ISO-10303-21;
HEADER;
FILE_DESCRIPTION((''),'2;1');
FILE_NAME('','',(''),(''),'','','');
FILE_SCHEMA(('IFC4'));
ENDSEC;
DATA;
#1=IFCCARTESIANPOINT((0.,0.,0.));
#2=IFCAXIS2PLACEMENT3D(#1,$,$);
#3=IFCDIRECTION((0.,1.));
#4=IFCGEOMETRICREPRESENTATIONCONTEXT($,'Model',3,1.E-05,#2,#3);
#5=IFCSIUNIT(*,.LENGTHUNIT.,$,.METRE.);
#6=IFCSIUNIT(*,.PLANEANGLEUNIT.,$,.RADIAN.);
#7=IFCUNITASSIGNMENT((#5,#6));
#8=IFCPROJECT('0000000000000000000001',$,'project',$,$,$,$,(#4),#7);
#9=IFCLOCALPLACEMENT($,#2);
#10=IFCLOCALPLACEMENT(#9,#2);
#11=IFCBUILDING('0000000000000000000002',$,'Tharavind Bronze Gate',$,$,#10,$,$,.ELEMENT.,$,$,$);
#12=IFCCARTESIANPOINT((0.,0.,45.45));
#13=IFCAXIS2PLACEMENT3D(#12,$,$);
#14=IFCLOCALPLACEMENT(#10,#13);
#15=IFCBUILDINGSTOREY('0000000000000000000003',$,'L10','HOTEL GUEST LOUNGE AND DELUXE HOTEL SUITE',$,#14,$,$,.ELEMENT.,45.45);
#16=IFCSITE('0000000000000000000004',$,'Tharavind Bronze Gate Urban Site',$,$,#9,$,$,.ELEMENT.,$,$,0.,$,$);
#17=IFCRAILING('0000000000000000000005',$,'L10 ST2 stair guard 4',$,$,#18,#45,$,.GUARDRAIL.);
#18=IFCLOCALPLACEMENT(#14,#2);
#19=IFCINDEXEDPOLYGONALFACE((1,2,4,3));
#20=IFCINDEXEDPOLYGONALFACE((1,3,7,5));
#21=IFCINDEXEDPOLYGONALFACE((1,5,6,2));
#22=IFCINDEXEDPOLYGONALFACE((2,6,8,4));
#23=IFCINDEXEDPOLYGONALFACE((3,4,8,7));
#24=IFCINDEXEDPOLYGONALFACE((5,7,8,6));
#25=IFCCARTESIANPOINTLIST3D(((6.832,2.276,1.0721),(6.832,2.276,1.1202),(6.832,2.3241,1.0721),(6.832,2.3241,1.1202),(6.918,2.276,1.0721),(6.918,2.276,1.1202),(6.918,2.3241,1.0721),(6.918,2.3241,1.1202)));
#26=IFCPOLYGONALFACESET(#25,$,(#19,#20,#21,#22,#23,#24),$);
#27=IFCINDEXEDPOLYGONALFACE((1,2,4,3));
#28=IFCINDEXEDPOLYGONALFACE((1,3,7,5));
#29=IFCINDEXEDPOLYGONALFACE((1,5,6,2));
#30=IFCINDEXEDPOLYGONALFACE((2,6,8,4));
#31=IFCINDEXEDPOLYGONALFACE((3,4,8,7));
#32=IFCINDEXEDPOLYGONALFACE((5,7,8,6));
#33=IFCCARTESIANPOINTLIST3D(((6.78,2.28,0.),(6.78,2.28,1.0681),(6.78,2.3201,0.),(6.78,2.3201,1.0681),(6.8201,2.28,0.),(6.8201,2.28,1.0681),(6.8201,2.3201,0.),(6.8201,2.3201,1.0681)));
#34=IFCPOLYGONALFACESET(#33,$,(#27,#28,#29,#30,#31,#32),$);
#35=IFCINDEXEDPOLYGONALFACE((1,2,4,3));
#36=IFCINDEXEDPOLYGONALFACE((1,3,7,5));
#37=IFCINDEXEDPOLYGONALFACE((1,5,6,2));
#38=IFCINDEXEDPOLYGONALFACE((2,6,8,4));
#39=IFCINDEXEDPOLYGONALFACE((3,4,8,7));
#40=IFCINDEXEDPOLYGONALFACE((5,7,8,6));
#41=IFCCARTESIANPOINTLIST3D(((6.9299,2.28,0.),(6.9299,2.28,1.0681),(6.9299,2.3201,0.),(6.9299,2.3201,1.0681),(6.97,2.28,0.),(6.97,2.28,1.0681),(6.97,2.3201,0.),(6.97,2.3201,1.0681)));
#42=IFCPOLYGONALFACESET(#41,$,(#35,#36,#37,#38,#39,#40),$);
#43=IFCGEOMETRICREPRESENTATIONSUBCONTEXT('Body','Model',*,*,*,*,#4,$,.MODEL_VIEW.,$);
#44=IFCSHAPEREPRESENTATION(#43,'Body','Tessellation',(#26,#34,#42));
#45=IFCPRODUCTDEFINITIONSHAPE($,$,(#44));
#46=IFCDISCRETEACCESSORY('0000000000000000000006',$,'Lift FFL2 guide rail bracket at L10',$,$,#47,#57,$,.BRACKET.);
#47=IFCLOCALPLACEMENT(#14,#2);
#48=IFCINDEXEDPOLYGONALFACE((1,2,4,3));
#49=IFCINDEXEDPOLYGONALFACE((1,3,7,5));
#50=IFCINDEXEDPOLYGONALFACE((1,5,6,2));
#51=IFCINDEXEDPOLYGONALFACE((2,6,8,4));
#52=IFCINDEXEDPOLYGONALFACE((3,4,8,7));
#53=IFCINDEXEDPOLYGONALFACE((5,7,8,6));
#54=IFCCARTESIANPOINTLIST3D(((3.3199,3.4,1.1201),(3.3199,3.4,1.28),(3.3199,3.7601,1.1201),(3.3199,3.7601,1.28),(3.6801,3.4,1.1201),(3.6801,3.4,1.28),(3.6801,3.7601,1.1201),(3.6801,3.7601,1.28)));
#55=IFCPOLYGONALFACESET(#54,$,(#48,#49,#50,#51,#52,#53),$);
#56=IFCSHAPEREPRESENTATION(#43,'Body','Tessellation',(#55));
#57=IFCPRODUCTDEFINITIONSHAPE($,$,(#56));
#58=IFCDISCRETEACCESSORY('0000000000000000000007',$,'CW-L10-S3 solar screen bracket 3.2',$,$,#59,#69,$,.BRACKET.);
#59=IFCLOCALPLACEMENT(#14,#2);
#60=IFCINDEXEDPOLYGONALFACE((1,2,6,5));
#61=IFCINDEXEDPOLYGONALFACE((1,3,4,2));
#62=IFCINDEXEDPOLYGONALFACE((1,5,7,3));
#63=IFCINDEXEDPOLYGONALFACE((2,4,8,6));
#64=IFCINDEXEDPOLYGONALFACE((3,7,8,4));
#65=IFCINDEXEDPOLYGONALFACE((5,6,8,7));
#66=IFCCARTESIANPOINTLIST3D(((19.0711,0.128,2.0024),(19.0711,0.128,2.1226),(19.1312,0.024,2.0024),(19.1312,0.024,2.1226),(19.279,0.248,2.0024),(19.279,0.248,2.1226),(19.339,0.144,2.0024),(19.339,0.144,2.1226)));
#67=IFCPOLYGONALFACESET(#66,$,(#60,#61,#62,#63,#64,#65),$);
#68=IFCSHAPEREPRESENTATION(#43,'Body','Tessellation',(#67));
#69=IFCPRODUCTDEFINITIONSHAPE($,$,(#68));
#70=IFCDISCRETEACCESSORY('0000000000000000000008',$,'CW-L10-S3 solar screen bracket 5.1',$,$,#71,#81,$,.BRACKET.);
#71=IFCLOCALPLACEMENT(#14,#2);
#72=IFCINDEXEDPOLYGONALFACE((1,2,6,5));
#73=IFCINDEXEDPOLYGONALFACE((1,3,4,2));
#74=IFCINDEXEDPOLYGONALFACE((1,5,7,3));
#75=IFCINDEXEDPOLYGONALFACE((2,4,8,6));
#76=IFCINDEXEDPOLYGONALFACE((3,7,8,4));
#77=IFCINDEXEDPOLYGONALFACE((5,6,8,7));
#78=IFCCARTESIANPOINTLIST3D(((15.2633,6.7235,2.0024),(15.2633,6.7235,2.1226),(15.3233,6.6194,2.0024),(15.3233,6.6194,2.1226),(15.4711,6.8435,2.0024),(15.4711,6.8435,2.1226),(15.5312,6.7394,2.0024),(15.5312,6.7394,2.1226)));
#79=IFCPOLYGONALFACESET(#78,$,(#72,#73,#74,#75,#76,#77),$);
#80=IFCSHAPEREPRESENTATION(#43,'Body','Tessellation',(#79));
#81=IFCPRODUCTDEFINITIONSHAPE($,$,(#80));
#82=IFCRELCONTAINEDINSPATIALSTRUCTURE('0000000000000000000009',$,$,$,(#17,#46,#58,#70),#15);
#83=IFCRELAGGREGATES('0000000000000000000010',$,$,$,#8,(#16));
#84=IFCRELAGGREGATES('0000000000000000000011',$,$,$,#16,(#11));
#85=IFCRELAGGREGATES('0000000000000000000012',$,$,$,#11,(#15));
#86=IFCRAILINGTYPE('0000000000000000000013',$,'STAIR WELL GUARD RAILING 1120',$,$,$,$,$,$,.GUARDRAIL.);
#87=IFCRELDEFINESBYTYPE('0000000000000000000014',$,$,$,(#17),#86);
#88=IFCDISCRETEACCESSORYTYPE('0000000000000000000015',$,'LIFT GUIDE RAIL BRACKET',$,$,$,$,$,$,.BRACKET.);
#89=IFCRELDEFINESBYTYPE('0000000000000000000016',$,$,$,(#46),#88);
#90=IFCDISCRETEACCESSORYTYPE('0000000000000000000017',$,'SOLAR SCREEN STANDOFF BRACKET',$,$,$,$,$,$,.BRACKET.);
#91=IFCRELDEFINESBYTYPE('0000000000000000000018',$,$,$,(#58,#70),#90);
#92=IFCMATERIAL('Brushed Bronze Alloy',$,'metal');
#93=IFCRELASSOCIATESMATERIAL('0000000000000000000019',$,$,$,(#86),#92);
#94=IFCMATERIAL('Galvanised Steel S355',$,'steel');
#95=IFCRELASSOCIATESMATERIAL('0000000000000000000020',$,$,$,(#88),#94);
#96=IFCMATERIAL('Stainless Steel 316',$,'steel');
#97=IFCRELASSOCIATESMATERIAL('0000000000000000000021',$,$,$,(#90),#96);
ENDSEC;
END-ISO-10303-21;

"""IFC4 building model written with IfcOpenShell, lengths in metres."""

from ifc_helpers import new_model, si_unit, direction, frame, origin, origin_2d, place, context, subcontext, project, spatial, rectangle, extrude, material, type_object, element, save


model = new_model("IFC4")

# Units and contexts
model_context = context("Model", 3, precision=1e-05, world=origin(), true_north=direction((0.0, 1.0)))
body_context = subcontext(model_context, "Body", "Model", "MODEL_VIEW")
ifc_project = project(units=[si_unit("LENGTHUNIT", "METRE"), si_unit("PLANEANGLEUNIT", "RADIAN")], contexts=[model_context])

# Site, building, storey
site_placement = place(None, origin())
site = spatial("IfcSite", under=ifc_project, at=site_placement, Name="Tharavind Bronze Gate Urban Site", CompositionType="ELEMENT", RefElevation=0.0)
building_placement = place(site_placement, origin())
building = spatial("IfcBuilding", under=site, at=building_placement, Name="Tharavind Bronze Gate", CompositionType="ELEMENT")
storey_placement = place(building_placement, frame((0.0, 0.0, 45.45)))
storey = spatial("IfcBuildingStorey", under=building, at=storey_placement, Name="L10", Description="HOTEL GUEST LOUNGE AND DELUXE HOTEL SUITE", CompositionType="ELEMENT", Elevation=45.45)

# Railing
ifc_material_1 = material(Name="Brushed Bronze Alloy", Category="metal")
railing_type_1 = type_object("IfcRailingType", Name="STAIR WELL GUARD RAILING 1120", PredefinedType="GUARDRAIL", material=ifc_material_1)
railing_1_placement = place(storey_placement, frame((6.8, 2.3, 0.0)))
element("IfcRailing", 1, at=railing_1_placement, inside=storey, type_object=railing_type_1, Name="L10 ST2 stair guard 4", PredefinedType="GUARDRAIL", context=body_context, shape_type="SweptSolid", body=[
    extrude(rectangle(XDim=0.0481, YDim=0.0481, at=origin_2d()), frame((0.032, 0.0, 1.0962), z_axis=(1.0, 0.0, 0.0), x_axis=(0.0, 1.0, 0.0)), (0.0, 0.0, 1.0), 0.0859),
    extrude(rectangle(XDim=0.04, YDim=0.04, at=origin_2d()), origin(), (0.0, 0.0, 1.0), 1.0681),
    extrude(rectangle(XDim=0.04, YDim=0.04, at=origin_2d()), frame((0.1499, 0.0, 0.0)), (0.0, 0.0, 1.0), 1.0681),
])

# Discrete accessories
ifc_material_2 = material(Name="Galvanised Steel S355", Category="steel")
discrete_accessory_type_1 = type_object("IfcDiscreteAccessoryType", Name="LIFT GUIDE RAIL BRACKET", PredefinedType="BRACKET", material=ifc_material_2)
discrete_accessory_placement = place(storey_placement, frame((3.5, 3.5801, 1.1201), z_axis=(0.0, 0.0, 1.0), x_axis=(1.0, 0.0, 0.0)))
element("IfcDiscreteAccessory", 2, at=discrete_accessory_placement, inside=storey, type_object=discrete_accessory_type_1, Name="Lift FFL2 guide rail bracket at L10", PredefinedType="BRACKET", context=body_context, shape_type="SweptSolid", body=[
    extrude(rectangle(XDim=0.3601, YDim=0.3601, at=origin_2d()), origin(), (0.0, 0.0, 1.0), 0.1599),
])
ifc_material_3 = material(Name="Stainless Steel 316", Category="steel")
discrete_accessory_type_2 = type_object("IfcDiscreteAccessoryType", Name="SOLAR SCREEN STANDOFF BRACKET", PredefinedType="BRACKET", material=ifc_material_3)
for number, where, z_axis, x_axis, name in (
    (3, (19.2051, 0.136, 2.0024), (0.0, 0.0, 1.0), (-0.500002, 0.866025, 0.0), "CW-L10-S3 solar screen bracket 3.2"),
    (4, (15.3972, 6.7314, 2.0024), (0.0, 0.0, 1.0), (-0.500002, 0.866025, 0.0), "CW-L10-S3 solar screen bracket 5.1"),
):
    element("IfcDiscreteAccessory", number, at=place(storey_placement, frame(where, z_axis=z_axis, x_axis=x_axis)), inside=storey, type_object=discrete_accessory_type_2, Name=name, PredefinedType="BRACKET", context=body_context, shape_type="SweptSolid", body=[
        extrude(rectangle(XDim=0.1201, YDim=0.24, at=origin_2d()), origin(), (0.0, 0.0, 1.0), 0.1201),
    ])

save(model, "model.ifc")
